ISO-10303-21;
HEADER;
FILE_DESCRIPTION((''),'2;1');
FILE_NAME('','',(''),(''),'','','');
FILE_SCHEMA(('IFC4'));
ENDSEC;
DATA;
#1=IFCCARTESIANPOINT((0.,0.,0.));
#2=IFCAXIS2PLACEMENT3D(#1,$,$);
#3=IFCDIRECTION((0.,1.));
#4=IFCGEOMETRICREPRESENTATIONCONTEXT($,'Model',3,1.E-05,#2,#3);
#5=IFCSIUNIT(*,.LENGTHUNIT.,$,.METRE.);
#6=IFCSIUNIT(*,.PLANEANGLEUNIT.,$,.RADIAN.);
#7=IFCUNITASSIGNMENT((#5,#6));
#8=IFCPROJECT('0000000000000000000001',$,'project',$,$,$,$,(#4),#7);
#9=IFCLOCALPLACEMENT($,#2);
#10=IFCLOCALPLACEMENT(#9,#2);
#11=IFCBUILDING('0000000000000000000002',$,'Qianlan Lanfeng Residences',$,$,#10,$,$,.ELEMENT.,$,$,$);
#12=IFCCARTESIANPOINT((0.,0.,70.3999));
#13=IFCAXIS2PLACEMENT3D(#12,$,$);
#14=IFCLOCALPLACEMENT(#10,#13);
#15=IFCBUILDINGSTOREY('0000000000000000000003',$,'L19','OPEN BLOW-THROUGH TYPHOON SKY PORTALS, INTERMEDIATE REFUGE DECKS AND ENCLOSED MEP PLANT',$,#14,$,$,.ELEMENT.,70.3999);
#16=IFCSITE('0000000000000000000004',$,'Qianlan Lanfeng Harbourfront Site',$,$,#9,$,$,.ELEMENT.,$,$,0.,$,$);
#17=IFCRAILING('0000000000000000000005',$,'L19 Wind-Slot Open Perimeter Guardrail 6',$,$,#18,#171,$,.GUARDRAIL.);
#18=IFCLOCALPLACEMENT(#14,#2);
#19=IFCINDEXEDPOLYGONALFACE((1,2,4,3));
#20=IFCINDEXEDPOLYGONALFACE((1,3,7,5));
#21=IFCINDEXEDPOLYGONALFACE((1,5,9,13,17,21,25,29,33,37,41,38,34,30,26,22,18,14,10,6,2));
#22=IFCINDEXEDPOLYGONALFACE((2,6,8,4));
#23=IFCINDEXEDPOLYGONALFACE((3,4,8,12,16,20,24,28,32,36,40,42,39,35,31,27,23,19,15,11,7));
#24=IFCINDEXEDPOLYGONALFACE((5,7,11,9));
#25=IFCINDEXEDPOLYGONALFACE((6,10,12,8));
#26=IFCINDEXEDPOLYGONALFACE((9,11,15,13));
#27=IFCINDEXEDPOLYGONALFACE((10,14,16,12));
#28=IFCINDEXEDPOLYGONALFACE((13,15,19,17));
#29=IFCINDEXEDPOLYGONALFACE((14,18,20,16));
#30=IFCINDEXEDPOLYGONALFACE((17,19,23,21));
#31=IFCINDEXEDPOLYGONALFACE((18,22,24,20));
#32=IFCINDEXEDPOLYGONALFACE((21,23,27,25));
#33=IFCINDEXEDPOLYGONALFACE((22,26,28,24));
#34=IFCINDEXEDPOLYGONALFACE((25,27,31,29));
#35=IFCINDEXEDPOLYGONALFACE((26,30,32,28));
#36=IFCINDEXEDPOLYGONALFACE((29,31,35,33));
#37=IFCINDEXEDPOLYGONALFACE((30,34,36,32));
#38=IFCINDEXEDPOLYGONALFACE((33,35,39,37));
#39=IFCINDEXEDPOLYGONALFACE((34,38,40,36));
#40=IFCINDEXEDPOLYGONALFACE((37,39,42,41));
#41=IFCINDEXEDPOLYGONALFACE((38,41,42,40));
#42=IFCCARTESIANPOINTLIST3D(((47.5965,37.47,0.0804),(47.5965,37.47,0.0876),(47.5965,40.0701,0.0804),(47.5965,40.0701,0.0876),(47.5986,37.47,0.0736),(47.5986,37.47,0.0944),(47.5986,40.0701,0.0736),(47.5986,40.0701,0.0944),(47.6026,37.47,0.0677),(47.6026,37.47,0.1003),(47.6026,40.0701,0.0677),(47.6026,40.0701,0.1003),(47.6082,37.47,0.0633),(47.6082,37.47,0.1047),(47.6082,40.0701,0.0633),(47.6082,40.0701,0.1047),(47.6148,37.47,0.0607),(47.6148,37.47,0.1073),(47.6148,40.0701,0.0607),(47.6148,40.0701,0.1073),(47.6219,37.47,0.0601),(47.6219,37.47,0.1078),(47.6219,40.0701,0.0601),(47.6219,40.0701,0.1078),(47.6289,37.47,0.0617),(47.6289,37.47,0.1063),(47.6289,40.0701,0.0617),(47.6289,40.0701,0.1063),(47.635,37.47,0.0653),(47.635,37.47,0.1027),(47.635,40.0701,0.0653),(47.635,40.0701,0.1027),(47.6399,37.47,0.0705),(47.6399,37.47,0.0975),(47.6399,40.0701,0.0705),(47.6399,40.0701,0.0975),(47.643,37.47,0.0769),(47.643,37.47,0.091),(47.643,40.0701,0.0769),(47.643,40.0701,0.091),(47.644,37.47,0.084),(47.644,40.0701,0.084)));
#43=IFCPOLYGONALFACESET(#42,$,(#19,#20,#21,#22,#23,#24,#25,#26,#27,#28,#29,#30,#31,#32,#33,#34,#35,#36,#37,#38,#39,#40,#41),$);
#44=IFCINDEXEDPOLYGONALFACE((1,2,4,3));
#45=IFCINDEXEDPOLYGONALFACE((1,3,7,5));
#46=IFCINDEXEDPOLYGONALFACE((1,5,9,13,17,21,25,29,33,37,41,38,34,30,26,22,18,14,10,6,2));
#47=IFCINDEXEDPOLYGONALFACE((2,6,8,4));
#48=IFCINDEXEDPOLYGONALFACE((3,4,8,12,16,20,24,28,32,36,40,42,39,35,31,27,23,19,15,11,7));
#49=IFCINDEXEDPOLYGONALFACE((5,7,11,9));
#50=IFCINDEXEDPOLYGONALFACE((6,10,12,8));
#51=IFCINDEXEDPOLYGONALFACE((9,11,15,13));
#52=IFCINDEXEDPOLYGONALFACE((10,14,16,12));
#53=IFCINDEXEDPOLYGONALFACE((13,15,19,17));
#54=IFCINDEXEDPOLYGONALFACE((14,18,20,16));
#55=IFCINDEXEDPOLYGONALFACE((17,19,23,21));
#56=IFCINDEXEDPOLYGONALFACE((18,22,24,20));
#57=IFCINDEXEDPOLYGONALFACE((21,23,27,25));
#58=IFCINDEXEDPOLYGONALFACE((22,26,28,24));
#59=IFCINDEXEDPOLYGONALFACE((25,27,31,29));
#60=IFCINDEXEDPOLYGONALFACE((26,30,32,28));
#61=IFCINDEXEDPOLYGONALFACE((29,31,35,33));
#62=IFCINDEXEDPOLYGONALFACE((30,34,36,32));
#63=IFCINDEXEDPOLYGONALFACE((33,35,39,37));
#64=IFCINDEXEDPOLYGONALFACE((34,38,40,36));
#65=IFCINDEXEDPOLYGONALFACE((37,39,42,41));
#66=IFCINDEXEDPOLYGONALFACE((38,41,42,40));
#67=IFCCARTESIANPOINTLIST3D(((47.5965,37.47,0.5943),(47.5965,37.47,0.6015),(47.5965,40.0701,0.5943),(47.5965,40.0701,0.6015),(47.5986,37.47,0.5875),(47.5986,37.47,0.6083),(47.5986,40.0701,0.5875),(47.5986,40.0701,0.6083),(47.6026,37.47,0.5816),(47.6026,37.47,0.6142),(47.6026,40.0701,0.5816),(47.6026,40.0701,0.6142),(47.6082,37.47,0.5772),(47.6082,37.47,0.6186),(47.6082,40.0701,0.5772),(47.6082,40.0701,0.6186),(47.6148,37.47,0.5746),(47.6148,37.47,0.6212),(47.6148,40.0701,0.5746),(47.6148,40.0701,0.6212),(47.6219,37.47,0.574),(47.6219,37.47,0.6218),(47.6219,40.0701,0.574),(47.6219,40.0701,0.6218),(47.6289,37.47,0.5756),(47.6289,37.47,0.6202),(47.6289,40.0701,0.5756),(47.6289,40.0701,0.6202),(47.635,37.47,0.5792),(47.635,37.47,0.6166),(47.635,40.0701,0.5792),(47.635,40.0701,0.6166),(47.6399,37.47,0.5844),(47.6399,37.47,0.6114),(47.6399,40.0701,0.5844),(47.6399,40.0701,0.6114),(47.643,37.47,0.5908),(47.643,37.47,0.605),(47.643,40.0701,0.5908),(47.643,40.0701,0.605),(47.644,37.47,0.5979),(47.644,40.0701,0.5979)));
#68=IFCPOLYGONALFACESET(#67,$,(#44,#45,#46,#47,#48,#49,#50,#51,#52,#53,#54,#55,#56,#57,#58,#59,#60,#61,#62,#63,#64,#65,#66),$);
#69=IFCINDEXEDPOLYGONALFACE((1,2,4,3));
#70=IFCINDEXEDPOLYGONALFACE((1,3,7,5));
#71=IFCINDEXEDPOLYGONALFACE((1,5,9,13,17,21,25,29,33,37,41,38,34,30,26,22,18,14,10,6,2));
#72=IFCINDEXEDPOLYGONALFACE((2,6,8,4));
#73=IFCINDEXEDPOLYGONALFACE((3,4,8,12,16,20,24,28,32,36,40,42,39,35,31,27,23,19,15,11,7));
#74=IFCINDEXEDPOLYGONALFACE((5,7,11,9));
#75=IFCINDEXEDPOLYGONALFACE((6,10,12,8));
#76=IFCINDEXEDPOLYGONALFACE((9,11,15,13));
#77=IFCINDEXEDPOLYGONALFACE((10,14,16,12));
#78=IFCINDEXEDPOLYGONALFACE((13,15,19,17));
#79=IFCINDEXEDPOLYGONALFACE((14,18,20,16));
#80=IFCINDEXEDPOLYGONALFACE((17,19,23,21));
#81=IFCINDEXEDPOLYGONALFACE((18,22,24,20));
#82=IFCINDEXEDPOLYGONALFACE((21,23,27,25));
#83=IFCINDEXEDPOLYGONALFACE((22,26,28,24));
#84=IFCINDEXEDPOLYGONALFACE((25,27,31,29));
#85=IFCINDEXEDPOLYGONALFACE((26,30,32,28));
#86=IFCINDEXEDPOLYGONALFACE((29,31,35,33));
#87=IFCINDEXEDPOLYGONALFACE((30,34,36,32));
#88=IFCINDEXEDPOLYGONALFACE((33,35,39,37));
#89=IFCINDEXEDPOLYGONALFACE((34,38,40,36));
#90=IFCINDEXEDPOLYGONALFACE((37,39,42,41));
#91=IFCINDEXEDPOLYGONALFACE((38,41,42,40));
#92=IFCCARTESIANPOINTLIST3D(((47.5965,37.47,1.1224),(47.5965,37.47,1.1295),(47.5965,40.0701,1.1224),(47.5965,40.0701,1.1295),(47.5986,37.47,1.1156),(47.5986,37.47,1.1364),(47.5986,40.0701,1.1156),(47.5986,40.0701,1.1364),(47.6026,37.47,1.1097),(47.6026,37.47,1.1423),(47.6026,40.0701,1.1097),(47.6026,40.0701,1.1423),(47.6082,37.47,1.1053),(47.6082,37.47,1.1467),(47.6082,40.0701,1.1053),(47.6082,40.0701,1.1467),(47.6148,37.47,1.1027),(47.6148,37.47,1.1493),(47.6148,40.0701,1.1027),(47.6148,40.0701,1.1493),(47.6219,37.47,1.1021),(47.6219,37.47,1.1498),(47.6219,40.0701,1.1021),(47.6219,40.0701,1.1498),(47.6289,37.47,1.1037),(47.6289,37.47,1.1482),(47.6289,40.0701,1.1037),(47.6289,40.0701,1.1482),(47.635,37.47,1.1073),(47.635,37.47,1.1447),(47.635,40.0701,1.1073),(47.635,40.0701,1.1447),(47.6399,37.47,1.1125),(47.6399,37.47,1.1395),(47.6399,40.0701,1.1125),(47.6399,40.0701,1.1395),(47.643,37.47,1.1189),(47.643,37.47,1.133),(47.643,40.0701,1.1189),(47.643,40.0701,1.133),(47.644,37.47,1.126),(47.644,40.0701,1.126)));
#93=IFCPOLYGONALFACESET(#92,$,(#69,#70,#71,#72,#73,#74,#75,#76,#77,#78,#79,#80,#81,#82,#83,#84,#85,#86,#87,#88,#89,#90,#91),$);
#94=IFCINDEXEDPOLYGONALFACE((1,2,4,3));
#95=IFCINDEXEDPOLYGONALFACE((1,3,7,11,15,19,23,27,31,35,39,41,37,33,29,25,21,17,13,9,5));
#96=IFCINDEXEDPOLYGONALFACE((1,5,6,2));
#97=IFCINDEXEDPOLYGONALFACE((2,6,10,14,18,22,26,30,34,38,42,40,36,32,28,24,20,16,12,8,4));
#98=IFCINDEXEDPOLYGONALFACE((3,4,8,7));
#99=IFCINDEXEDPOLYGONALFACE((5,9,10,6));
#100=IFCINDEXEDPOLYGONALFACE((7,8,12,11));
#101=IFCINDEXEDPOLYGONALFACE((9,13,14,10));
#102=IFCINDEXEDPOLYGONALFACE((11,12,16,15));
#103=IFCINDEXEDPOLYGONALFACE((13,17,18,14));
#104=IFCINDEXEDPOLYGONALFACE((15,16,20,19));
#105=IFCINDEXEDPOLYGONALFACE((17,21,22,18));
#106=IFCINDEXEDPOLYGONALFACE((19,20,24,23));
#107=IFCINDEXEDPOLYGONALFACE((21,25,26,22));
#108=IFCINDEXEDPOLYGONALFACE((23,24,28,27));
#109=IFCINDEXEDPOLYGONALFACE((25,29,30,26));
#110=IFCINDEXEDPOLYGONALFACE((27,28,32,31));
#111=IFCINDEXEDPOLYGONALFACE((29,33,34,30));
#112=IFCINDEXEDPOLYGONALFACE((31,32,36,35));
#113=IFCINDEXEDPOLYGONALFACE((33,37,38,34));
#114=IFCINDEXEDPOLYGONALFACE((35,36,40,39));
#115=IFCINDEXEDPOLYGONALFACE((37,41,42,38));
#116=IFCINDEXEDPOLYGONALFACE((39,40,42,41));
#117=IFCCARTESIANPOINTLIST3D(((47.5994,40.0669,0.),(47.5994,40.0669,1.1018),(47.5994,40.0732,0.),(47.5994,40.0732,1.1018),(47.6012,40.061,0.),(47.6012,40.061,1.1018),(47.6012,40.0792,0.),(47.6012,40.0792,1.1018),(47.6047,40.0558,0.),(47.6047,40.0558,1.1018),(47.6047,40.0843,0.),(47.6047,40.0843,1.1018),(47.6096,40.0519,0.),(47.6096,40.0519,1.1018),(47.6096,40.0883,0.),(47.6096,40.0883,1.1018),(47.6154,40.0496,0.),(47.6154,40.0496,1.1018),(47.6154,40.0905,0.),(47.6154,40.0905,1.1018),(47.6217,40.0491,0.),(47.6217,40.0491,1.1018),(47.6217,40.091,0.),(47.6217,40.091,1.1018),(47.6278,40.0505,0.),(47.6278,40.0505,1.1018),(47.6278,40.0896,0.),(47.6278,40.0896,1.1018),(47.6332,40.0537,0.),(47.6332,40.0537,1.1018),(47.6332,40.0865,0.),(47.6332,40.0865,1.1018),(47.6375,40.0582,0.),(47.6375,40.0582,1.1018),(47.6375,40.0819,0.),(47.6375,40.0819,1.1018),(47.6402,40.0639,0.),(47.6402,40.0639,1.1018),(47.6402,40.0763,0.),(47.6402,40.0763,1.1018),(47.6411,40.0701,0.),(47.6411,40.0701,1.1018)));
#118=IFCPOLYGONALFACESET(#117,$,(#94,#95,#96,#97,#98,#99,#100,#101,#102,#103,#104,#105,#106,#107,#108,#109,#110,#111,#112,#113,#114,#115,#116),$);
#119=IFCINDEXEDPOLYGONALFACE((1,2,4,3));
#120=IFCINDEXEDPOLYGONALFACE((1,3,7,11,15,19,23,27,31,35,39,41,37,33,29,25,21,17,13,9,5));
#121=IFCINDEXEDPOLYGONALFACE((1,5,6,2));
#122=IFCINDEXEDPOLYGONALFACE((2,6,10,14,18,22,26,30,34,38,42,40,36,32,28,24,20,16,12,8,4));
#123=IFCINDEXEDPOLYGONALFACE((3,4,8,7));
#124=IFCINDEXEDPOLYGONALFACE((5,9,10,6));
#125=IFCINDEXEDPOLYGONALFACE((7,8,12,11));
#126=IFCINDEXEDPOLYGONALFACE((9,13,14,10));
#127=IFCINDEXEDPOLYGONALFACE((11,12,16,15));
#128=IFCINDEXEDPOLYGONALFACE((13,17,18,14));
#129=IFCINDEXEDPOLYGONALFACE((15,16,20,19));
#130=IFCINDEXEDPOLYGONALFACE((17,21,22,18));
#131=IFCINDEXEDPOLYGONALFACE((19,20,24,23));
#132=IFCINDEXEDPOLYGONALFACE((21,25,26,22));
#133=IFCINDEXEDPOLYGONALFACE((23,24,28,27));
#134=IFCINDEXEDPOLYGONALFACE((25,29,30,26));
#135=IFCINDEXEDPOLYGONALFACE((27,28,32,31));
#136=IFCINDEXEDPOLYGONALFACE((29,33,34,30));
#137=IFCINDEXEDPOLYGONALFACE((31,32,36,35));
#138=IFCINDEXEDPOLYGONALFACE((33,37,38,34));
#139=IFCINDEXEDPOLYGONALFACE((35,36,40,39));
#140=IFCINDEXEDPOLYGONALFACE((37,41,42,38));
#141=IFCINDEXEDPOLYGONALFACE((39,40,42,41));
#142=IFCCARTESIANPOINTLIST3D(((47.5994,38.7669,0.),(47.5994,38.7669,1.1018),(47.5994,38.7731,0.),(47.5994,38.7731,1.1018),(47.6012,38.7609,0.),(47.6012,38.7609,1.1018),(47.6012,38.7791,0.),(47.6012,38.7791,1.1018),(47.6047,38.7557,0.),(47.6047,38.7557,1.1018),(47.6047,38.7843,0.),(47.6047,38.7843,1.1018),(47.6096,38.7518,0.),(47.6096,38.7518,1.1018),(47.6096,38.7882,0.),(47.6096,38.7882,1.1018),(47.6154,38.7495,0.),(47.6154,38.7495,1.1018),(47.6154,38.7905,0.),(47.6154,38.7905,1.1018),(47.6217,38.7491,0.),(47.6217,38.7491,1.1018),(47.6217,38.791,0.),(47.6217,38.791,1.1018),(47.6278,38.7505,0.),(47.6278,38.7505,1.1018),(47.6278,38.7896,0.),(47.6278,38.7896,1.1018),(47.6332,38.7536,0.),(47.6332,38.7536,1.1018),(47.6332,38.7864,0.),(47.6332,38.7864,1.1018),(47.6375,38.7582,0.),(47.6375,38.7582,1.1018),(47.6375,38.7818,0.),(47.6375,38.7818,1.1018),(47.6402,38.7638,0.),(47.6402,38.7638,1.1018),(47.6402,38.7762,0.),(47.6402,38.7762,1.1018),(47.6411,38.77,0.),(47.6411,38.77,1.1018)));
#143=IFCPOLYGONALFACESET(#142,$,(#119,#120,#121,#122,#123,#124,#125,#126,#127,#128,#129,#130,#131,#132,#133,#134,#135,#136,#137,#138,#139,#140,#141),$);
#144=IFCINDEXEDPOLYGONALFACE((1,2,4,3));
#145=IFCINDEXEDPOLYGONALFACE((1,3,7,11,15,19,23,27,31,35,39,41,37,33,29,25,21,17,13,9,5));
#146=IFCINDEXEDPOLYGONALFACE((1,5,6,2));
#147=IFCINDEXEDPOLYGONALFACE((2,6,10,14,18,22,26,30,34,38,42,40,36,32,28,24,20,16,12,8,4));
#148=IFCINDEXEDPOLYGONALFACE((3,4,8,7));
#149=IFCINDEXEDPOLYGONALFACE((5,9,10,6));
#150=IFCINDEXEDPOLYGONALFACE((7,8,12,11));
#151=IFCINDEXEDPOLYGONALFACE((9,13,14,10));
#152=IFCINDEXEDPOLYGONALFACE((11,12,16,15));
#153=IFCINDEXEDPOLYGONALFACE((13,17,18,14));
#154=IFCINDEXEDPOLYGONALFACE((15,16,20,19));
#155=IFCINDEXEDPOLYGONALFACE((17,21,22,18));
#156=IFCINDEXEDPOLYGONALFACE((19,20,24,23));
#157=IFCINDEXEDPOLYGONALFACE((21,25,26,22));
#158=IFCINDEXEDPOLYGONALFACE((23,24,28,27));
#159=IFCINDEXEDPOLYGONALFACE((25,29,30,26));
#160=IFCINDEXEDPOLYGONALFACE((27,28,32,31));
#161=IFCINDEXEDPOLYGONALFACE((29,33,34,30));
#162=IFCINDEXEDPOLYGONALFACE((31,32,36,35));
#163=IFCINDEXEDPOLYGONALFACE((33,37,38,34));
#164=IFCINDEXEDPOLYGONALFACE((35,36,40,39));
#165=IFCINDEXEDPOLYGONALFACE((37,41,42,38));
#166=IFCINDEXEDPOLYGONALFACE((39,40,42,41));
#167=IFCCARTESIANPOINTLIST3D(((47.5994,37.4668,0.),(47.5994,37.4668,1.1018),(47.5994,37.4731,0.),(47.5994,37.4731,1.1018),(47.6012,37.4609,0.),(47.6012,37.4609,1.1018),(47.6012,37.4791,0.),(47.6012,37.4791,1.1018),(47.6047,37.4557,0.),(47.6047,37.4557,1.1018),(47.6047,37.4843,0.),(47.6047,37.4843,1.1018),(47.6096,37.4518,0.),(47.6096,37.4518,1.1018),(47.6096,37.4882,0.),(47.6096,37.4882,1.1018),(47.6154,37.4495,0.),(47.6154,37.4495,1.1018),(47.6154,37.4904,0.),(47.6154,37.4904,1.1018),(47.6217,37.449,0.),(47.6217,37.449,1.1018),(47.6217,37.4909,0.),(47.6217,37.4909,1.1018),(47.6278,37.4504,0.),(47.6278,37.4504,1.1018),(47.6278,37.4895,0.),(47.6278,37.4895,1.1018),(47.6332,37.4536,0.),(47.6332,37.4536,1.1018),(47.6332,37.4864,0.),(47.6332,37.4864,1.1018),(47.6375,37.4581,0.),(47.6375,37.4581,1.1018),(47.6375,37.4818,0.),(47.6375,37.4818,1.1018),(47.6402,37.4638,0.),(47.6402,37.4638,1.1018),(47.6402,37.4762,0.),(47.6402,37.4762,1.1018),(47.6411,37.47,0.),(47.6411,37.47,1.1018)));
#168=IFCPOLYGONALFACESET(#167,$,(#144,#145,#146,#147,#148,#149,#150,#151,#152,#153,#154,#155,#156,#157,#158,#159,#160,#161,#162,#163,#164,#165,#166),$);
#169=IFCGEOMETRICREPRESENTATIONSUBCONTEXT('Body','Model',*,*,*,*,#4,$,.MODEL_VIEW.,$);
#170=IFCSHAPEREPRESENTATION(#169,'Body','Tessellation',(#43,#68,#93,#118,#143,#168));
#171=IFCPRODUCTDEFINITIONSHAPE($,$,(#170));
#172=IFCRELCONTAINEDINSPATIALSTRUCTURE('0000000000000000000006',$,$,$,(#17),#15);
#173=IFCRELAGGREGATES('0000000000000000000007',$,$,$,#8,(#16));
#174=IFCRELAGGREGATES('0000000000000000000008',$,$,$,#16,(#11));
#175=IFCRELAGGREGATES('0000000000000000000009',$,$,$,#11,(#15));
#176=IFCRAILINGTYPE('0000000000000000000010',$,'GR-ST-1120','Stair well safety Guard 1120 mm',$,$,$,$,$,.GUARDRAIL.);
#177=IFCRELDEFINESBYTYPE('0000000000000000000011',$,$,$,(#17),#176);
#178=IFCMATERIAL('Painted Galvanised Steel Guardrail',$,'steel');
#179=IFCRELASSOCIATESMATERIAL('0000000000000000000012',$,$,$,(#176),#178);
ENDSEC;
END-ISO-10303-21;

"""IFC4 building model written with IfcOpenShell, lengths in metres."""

from ifc_helpers import new_model, si_unit, direction, frame, origin, origin_2d, place, context, subcontext, project, spatial, circle, extrude, material, type_object, element, save


model = new_model("IFC4")

# Units and contexts
model_context = context("Model", 3, precision=1e-05, world=origin(), true_north=direction((0.0, 1.0)))
body_context = subcontext(model_context, "Body", "Model", "MODEL_VIEW")
ifc_project = project(units=[si_unit("LENGTHUNIT", "METRE"), si_unit("PLANEANGLEUNIT", "RADIAN")], contexts=[model_context])

# Site, building, storey
site_placement = place(None, origin())
site = spatial("IfcSite", under=ifc_project, at=site_placement, Name="Qianlan Lanfeng Harbourfront Site", CompositionType="ELEMENT", RefElevation=0.0)
building_placement = place(site_placement, origin())
building = spatial("IfcBuilding", under=site, at=building_placement, Name="Qianlan Lanfeng Residences", CompositionType="ELEMENT")
storey_placement = place(building_placement, frame((0.0, 0.0, 70.3999)))
storey = spatial("IfcBuildingStorey", under=building, at=storey_placement, Name="L19", Description="OPEN BLOW-THROUGH TYPHOON SKY PORTALS, INTERMEDIATE REFUGE DECKS AND ENCLOSED MEP PLANT", CompositionType="ELEMENT", Elevation=70.3999)

# Railing
ifc_material_1 = material(Name="Painted Galvanised Steel Guardrail", Category="steel")
railing_type_1 = type_object("IfcRailingType", Name="GR-ST-1120", Description="Stair well safety Guard 1120 mm", PredefinedType="GUARDRAIL", material=ifc_material_1)
railing_1_placement = place(storey_placement, frame((47.6201, 40.0701, 0.0)))
element("IfcRailing", 1, at=railing_1_placement, inside=storey, type_object=railing_type_1, Name="L19 Wind-Slot Open Perimeter Guardrail 6", PredefinedType="GUARDRAIL", context=body_context, shape_type="SweptSolid", body=[
    extrude(circle(Radius=0.0239, at=origin_2d()), frame((0.0, 0.0, 0.084), z_axis=(0.0, -1.0, 0.0), x_axis=(1.0, 0.0, 0.0)), (0.0, 0.0, 1.0), 2.6001),
    extrude(circle(Radius=0.0239, at=origin_2d()), frame((0.0, 0.0, 0.5979), z_axis=(0.0, -1.0, 0.0), x_axis=(1.0, 0.0, 0.0)), (0.0, 0.0, 1.0), 2.6001),
    extrude(circle(Radius=0.0239, at=origin_2d()), frame((0.0, 0.0, 1.126), z_axis=(0.0, -1.0, 0.0), x_axis=(1.0, 0.0, 0.0)), (0.0, 0.0, 1.0), 2.6001),
    extrude(circle(Radius=0.021, at=origin_2d()), origin(), (0.0, 0.0, 1.0), 1.1018),
    extrude(circle(Radius=0.021, at=origin_2d()), frame((0.0, -1.3, 0.0)), (0.0, 0.0, 1.0), 1.1018),
    extrude(circle(Radius=0.021, at=origin_2d()), frame((0.0, -2.6001, 0.0)), (0.0, 0.0, 1.0), 1.1018),
])

save(model, "model.ifc")
